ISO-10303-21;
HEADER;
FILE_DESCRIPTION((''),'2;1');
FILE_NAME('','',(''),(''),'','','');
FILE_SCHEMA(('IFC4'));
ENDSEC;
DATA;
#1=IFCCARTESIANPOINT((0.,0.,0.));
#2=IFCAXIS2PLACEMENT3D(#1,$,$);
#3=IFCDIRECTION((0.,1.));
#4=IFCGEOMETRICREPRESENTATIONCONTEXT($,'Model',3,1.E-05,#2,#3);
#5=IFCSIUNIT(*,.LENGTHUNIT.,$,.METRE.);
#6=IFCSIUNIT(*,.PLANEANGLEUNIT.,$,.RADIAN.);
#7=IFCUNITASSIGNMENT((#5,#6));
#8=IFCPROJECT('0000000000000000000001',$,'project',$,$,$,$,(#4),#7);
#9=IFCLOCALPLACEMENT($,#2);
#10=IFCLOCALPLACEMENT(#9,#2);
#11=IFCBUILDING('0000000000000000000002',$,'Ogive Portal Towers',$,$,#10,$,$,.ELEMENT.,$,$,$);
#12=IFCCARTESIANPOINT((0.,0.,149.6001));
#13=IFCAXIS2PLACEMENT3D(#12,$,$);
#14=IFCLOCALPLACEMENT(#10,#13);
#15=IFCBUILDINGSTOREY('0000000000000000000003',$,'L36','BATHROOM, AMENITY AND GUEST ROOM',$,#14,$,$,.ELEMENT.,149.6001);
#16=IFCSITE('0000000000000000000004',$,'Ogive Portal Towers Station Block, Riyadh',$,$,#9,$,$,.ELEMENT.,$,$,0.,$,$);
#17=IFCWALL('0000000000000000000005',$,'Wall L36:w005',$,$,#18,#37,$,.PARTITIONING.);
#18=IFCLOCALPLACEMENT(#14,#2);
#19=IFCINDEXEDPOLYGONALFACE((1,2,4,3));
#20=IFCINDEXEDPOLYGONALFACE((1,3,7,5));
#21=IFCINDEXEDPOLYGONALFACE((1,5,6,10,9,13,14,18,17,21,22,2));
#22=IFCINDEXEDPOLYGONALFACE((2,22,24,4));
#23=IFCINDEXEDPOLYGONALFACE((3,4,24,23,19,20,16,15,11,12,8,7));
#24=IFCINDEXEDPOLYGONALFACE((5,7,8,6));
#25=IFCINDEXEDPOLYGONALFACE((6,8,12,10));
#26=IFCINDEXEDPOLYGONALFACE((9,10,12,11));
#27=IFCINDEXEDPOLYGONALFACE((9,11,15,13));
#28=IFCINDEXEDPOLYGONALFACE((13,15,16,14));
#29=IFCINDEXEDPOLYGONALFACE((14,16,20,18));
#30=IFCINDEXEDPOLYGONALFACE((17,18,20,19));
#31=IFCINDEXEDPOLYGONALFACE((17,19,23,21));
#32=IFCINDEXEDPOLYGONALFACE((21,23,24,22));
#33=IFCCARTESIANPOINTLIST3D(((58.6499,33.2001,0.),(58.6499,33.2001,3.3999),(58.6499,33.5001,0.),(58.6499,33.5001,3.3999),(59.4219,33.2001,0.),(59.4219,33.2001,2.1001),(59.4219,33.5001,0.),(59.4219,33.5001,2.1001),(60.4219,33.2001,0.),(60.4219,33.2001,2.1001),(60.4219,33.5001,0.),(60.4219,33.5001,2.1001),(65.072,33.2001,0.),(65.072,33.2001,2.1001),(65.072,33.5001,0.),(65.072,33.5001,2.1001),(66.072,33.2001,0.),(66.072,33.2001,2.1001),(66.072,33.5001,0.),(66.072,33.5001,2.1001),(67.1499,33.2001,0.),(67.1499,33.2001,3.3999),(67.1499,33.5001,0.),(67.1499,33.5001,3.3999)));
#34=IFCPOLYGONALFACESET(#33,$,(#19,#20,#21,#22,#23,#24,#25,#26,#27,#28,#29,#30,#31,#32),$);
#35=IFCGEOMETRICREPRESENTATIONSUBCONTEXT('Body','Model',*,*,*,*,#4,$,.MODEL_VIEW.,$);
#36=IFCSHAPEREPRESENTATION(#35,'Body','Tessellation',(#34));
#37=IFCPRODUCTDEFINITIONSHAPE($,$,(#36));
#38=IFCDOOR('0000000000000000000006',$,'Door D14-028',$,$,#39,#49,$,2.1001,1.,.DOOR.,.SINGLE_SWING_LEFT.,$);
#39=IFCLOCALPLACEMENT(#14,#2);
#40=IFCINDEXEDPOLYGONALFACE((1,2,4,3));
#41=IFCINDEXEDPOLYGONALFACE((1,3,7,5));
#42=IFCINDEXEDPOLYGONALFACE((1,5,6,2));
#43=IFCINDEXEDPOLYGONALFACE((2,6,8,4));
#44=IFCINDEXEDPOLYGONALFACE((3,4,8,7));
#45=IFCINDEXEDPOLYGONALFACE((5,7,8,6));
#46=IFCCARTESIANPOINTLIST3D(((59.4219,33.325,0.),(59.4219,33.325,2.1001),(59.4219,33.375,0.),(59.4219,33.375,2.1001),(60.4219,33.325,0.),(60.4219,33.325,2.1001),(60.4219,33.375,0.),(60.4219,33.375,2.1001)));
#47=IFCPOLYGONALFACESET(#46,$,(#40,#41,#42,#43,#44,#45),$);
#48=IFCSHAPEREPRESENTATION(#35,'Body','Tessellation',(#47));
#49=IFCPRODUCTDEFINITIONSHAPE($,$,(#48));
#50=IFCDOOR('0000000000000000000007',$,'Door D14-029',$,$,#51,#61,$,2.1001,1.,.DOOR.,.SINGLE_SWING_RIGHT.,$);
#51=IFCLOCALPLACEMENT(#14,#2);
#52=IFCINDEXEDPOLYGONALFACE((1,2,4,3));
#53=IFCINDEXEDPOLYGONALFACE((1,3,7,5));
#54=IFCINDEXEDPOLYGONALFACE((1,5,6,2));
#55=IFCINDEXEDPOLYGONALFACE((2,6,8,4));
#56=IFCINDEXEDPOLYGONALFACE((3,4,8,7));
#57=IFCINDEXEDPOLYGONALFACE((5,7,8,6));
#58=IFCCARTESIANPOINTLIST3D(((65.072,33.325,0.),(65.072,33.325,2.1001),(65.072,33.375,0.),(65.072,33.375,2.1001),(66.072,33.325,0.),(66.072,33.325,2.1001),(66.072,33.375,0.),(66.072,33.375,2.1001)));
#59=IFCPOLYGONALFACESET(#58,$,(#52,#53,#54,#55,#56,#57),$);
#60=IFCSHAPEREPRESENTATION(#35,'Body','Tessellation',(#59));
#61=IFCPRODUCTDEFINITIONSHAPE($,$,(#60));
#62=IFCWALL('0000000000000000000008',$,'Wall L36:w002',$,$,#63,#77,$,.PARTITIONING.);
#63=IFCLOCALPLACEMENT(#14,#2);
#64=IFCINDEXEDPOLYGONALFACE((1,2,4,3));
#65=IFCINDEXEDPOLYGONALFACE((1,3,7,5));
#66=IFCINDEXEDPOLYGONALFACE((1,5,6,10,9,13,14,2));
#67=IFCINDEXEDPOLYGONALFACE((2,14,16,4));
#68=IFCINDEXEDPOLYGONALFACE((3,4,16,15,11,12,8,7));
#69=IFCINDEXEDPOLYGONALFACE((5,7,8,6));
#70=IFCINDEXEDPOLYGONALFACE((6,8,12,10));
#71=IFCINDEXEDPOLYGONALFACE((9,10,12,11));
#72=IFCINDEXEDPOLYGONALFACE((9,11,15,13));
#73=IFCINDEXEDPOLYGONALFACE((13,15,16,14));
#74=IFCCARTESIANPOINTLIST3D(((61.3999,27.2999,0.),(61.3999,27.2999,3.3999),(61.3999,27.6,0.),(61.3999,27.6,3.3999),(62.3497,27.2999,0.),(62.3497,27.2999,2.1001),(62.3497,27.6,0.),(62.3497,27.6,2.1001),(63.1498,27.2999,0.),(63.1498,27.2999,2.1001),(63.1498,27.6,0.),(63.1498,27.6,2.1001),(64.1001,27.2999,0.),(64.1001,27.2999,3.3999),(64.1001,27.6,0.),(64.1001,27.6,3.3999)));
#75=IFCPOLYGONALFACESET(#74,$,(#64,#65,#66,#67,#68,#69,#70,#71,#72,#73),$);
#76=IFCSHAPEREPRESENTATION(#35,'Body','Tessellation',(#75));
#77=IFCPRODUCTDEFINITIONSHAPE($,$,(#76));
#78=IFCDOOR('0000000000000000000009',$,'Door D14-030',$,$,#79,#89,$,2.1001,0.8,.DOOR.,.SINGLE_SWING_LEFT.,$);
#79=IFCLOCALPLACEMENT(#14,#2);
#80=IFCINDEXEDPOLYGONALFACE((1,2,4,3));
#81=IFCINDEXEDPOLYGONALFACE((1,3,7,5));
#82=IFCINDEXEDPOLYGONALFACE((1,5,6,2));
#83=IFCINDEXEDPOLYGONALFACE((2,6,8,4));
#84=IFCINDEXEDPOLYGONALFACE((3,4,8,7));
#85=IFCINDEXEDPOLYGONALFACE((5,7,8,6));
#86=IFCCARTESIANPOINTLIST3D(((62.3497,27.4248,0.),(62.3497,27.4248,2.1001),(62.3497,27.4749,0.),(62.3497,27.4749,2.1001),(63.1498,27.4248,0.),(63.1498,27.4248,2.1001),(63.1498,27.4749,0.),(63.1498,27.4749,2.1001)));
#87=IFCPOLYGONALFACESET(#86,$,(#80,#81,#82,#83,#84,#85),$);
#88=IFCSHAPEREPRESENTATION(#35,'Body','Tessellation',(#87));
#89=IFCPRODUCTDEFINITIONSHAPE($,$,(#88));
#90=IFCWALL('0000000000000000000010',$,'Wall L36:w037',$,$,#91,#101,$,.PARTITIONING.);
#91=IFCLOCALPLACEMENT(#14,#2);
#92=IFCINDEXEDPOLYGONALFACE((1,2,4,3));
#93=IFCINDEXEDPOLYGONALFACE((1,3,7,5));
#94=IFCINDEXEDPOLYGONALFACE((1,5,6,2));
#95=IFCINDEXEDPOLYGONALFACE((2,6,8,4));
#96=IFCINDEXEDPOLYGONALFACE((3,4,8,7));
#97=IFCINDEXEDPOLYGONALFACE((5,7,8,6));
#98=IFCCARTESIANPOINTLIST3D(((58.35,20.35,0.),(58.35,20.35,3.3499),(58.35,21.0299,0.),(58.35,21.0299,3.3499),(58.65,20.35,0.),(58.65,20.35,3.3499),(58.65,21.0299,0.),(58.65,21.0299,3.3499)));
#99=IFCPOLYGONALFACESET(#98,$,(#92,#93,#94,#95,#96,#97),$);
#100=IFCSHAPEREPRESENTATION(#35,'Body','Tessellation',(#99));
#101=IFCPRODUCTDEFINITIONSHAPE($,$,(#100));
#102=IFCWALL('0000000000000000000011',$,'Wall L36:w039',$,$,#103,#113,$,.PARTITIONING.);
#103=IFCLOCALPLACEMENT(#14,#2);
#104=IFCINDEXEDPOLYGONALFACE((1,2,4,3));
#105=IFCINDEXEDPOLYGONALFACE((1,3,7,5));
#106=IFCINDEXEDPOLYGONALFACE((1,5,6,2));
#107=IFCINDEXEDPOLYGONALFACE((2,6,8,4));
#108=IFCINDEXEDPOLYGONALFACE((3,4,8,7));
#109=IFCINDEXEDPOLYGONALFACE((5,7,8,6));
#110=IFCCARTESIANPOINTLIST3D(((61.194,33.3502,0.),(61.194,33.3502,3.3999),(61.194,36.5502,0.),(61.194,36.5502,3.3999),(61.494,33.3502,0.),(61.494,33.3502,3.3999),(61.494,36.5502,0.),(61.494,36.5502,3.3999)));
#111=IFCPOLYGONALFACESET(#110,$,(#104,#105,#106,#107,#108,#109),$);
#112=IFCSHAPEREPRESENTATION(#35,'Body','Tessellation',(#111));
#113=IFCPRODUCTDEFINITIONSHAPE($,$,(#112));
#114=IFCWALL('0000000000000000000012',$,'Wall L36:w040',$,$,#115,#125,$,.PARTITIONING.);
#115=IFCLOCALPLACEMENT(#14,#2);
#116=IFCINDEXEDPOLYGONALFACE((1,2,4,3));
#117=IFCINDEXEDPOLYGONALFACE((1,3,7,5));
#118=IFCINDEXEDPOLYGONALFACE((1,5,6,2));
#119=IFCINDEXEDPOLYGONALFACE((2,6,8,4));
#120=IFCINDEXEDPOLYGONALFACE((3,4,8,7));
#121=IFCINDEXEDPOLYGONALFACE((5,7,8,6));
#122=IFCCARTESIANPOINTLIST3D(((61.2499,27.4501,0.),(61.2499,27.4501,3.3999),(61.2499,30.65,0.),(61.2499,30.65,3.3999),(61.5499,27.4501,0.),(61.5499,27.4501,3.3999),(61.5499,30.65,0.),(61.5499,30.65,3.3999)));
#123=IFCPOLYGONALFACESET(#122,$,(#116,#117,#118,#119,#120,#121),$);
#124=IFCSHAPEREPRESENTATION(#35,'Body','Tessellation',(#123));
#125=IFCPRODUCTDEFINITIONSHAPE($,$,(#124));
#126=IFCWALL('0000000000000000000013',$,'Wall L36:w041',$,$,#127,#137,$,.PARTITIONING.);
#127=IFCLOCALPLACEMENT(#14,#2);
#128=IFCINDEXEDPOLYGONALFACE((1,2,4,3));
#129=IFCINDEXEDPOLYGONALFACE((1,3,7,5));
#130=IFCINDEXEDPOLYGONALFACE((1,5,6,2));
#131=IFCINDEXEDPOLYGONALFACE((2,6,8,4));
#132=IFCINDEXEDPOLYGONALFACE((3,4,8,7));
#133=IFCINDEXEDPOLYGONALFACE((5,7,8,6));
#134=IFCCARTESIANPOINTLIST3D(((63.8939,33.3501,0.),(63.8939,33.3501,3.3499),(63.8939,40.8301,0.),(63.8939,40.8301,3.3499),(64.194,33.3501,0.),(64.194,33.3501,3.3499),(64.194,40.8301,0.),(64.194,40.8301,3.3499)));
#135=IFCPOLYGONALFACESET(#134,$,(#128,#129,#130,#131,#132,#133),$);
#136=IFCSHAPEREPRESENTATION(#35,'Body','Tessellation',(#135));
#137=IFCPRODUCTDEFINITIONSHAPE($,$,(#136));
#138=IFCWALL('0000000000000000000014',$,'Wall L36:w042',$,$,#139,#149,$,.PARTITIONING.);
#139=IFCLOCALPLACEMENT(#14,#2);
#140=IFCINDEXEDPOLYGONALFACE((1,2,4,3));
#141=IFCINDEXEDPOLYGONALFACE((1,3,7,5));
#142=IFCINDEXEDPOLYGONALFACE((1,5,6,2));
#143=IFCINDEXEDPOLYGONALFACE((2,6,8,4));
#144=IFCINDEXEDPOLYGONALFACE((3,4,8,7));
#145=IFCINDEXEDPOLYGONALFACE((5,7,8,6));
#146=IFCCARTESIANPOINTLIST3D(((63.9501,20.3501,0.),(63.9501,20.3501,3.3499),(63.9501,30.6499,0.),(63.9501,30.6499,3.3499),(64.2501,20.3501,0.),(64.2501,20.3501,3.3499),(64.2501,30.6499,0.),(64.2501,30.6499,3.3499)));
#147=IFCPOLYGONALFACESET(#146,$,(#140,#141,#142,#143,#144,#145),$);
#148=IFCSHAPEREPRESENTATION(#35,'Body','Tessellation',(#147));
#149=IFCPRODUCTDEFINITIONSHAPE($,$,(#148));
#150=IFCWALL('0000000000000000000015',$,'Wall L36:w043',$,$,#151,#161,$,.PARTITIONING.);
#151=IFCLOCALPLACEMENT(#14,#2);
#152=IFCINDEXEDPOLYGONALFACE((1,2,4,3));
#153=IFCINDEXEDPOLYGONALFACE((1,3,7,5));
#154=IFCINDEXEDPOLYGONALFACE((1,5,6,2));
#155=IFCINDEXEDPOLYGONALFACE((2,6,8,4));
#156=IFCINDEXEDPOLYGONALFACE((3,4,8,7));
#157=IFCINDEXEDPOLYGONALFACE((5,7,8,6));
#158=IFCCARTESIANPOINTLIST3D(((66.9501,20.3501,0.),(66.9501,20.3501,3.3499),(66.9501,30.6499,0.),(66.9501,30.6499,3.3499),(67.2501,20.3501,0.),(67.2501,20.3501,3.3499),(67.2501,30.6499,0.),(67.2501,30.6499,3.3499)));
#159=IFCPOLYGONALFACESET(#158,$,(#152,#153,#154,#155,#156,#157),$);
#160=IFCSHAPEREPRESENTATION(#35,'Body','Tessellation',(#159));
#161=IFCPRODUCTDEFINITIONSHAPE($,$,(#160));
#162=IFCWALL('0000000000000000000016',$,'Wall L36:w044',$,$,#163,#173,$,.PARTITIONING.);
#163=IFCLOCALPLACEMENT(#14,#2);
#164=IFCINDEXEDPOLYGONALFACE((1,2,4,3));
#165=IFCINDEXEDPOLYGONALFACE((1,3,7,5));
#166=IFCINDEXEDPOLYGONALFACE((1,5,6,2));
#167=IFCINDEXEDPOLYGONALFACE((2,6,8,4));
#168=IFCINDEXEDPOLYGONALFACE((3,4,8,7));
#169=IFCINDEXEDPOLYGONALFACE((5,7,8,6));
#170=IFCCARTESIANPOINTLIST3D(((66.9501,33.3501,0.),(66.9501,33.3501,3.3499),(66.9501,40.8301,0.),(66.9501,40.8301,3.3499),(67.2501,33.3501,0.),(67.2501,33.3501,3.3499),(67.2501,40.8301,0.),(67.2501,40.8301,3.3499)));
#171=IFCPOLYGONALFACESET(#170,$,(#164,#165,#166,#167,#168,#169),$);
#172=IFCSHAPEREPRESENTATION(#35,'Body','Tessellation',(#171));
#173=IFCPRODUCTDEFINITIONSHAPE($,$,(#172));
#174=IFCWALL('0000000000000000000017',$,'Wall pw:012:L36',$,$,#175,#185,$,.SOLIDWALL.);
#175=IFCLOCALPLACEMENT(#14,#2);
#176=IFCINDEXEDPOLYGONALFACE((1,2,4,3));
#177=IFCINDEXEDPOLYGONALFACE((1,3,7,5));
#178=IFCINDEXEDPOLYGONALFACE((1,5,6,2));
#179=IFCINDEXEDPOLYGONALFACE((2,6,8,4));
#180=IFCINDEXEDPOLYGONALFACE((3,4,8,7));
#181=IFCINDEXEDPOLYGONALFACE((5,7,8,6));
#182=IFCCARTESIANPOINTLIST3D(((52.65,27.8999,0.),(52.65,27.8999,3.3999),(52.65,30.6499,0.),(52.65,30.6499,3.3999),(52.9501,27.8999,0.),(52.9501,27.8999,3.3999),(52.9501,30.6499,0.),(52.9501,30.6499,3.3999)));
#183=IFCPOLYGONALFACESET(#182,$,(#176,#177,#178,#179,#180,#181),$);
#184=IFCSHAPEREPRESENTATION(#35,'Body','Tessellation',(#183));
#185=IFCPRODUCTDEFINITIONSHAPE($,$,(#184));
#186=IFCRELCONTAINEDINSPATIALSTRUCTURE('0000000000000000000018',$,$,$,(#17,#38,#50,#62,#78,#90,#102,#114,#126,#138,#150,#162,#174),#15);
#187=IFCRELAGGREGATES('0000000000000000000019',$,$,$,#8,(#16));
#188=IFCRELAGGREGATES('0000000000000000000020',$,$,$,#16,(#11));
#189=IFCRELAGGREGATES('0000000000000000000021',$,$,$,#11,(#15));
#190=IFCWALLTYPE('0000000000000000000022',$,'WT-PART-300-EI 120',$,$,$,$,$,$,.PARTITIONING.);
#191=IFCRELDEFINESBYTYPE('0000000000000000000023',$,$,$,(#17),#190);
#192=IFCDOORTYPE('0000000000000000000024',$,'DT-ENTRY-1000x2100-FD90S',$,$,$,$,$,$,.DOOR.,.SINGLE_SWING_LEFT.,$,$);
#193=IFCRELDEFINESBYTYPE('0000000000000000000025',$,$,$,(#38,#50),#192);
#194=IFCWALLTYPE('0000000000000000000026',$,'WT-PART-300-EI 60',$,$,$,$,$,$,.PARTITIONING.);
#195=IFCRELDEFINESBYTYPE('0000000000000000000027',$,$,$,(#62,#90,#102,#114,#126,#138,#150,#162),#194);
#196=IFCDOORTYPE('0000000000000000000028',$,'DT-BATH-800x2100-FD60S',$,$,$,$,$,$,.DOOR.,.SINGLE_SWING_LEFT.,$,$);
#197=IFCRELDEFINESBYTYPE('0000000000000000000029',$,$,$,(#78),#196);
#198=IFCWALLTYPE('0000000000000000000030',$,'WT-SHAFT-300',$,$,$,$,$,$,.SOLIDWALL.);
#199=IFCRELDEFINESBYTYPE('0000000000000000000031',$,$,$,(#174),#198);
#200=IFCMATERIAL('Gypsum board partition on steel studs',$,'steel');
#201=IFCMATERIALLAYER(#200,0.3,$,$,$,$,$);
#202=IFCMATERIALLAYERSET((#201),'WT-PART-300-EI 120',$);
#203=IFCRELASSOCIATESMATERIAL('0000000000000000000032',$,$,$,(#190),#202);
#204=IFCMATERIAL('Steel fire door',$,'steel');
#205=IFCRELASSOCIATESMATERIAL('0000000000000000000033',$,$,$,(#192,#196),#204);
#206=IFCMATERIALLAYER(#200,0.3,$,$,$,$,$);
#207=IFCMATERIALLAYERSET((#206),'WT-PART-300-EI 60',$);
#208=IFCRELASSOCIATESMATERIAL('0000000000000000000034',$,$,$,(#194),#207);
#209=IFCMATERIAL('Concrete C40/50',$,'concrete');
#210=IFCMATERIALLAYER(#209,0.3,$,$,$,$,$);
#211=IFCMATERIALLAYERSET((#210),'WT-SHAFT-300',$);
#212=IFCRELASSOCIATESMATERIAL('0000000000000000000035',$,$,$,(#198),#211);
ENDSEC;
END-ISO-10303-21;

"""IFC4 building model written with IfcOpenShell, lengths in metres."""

from ifc_helpers import new_model, si_unit, direction, frame, frame_2d, origin, place, context, subcontext, project, spatial, rectangle, extrude, material, layer, layer_set, type_object, element, fill, save


model = new_model("IFC4")

# Units and contexts
model_context = context("Model", 3, precision=1e-05, world=origin(), true_north=direction((0.0, 1.0)))
body_context = subcontext(model_context, "Body", "Model", "MODEL_VIEW")
ifc_project = project(units=[si_unit("LENGTHUNIT", "METRE"), si_unit("PLANEANGLEUNIT", "RADIAN")], contexts=[model_context])

# Site, building, storey
site_placement = place(None, origin())
site = spatial("IfcSite", under=ifc_project, at=site_placement, Name="Ogive Portal Towers Station Block, Riyadh", CompositionType="ELEMENT", RefElevation=0.0)
building_placement = place(site_placement, origin())
building = spatial("IfcBuilding", under=site, at=building_placement, Name="Ogive Portal Towers", CompositionType="ELEMENT")
storey_placement = place(building_placement, frame((0.0, 0.0, 149.6001)))
storey = spatial("IfcBuildingStorey", under=building, at=storey_placement, Name="L36", Description="BATHROOM, AMENITY AND GUEST ROOM", CompositionType="ELEMENT", Elevation=149.6001)

# Shared definitions
ifc_material_1 = material(Name="Steel fire door", Category="steel")
ifc_material_2 = material(Name="Gypsum board partition on steel studs", Category="steel")

# Wall, openings, doors
ifc_layer_1 = layer(ifc_material_2, 0.3)
ifc_layer_set_1 = layer_set([ifc_layer_1], Name="WT-PART-300-EI 120")
wall_type_1 = type_object("IfcWallType", Name="WT-PART-300-EI 120", PredefinedType="PARTITIONING", material=ifc_layer_set_1)
door_type_1 = type_object("IfcDoorType", Name="DT-ENTRY-1000x2100-FD90S", OperationType="SINGLE_SWING_LEFT", PredefinedType="DOOR", material=ifc_material_1)
wall_1_placement = place(storey_placement, frame((58.6499, 33.3501, 0.0), z_axis=(0.0, 0.0, 1.0), x_axis=(1.0, 0.0, 0.0)))
wall_1 = element("IfcWall", 1, at=wall_1_placement, inside=storey, type_object=wall_type_1, Name="Wall L36:w005", PredefinedType="PARTITIONING", context=body_context, shape_type="SweptSolid", body=[
    extrude(rectangle(XDim=8.5, YDim=0.3, at=frame_2d((4.25, 0.0))), origin(), (0.0, 0.0, 1.0), 3.3999),
])
opening_1_placement = place(wall_1_placement, frame((0.772, 0.0, 0.0)))
opening_1 = element("IfcOpeningElement", 2, at=opening_1_placement, cuts=wall_1, PredefinedType="OPENING", context=body_context, shape_type="SweptSolid", body=[
    extrude(rectangle(XDim=1.0, YDim=2.1001, at=frame_2d((0.5, 1.05))), frame((0.0, 0.1602, 0.0), z_axis=(0.0, -1.0, 0.0), x_axis=(1.0, 0.0, 0.0)), (0.0, 0.0, 1.0), 0.3201),
])
opening_2_placement = place(wall_1_placement, frame((6.4221, 0.0, 0.0)))
opening_2 = element("IfcOpeningElement", 3, at=opening_2_placement, cuts=wall_1, PredefinedType="OPENING", context=body_context, shape_type="SweptSolid", body=[
    extrude(rectangle(XDim=1.0, YDim=2.1001, at=frame_2d((0.5, 1.05))), frame((0.0, 0.1602, 0.0), z_axis=(0.0, -1.0, 0.0), x_axis=(1.0, 0.0, 0.0)), (0.0, 0.0, 1.0), 0.3201),
])
door_1_placement = place(opening_1_placement, origin())
door_1 = element("IfcDoor", 4, at=door_1_placement, inside=storey, type_object=door_type_1, Name="Door D14-028", OperationType="SINGLE_SWING_LEFT", OverallHeight=2.1001, OverallWidth=1.0, PredefinedType="DOOR", context=body_context, shape_type="SweptSolid", body=[
    extrude(rectangle(XDim=1.0, YDim=2.1001, at=frame_2d((0.5, 1.05))), frame((0.0, 0.0249, 0.0), z_axis=(0.0, -1.0, 0.0), x_axis=(1.0, 0.0, 0.0)), (0.0, 0.0, 1.0), 0.05),
])
fill(opening_1, door_1)
door_2_placement = place(opening_2_placement, origin())
door_2 = element("IfcDoor", 5, at=door_2_placement, inside=storey, type_object=door_type_1, Name="Door D14-029", OperationType="SINGLE_SWING_RIGHT", OverallHeight=2.1001, OverallWidth=1.0, PredefinedType="DOOR", context=body_context, shape_type="SweptSolid", body=[
    extrude(rectangle(XDim=1.0, YDim=2.1001, at=frame_2d((0.5, 1.05))), frame((0.0, 0.0249, 0.0), z_axis=(0.0, -1.0, 0.0), x_axis=(1.0, 0.0, 0.0)), (0.0, 0.0, 1.0), 0.05),
])
fill(opening_2, door_2)

# Wall, opening, door
ifc_layer_2 = layer(ifc_material_2, 0.3)
ifc_layer_set_2 = layer_set([ifc_layer_2], Name="WT-PART-300-EI 60")
wall_type_2 = type_object("IfcWallType", Name="WT-PART-300-EI 60", PredefinedType="PARTITIONING", material=ifc_layer_set_2)
wall_2_placement = place(storey_placement, frame((61.3999, 27.45, 0.0), z_axis=(0.0, 0.0, 1.0), x_axis=(1.0, 0.0, 0.0)))
wall_2 = element("IfcWall", 6, at=wall_2_placement, inside=storey, type_object=wall_type_2, Name="Wall L36:w002", PredefinedType="PARTITIONING", context=body_context, shape_type="SweptSolid", body=[
    extrude(rectangle(XDim=2.7002, YDim=0.3, at=frame_2d((1.3501, 0.0))), origin(), (0.0, 0.0, 1.0), 3.3999),
])
opening_3_placement = place(wall_2_placement, frame((0.95, 0.0, 0.0)))
opening_3 = element("IfcOpeningElement", 7, at=opening_3_placement, cuts=wall_2, PredefinedType="OPENING", context=body_context, shape_type="SweptSolid", body=[
    extrude(rectangle(XDim=0.8, YDim=2.1001, at=frame_2d((0.3999, 1.05))), frame((0.0, 0.1602, 0.0), z_axis=(0.0, -1.0, 0.0), x_axis=(1.0, 0.0, 0.0)), (0.0, 0.0, 1.0), 0.3201),
])
door_type_2 = type_object("IfcDoorType", Name="DT-BATH-800x2100-FD60S", OperationType="SINGLE_SWING_LEFT", PredefinedType="DOOR", material=ifc_material_1)
door_3_placement = place(opening_3_placement, origin())
door_3 = element("IfcDoor", 8, at=door_3_placement, inside=storey, type_object=door_type_2, Name="Door D14-030", OperationType="SINGLE_SWING_LEFT", OverallHeight=2.1001, OverallWidth=0.8, PredefinedType="DOOR", context=body_context, shape_type="SweptSolid", body=[
    extrude(rectangle(XDim=0.8, YDim=2.1001, at=frame_2d((0.3999, 1.05))), frame((0.0, 0.0249, 0.0), z_axis=(0.0, -1.0, 0.0), x_axis=(1.0, 0.0, 0.0)), (0.0, 0.0, 1.0), 0.05),
])
fill(opening_3, door_3)

# Walls
wall_3_placement = place(storey_placement, frame((58.5, 20.3501, 0.0), z_axis=(0.0, 0.0, 1.0), x_axis=(0.0, 1.0, 0.0)))
element("IfcWall", 9, at=wall_3_placement, inside=storey, type_object=wall_type_2, Name="Wall L36:w037", PredefinedType="PARTITIONING", context=body_context, shape_type="SweptSolid", body=[
    extrude(rectangle(XDim=0.6799, YDim=0.3, at=frame_2d((0.3398, 0.0))), origin(), (0.0, 0.0, 1.0), 3.3499),
])
for number, where, z_axis, x_axis, name in (
    (10, (61.344, 33.3501, 0.0), (0.0, 0.0, 1.0), (0.0, 1.0, 0.0), "Wall L36:w039"),
    (11, (61.3999, 27.45, 0.0), (0.0, 0.0, 1.0), (0.0, 1.0, 0.0), "Wall L36:w040"),
):
    element("IfcWall", number, at=place(storey_placement, frame(where, z_axis=z_axis, x_axis=x_axis)), inside=storey, type_object=wall_type_2, Name=name, PredefinedType="PARTITIONING", context=body_context, shape_type="SweptSolid", body=[
        extrude(rectangle(XDim=3.2, YDim=0.3, at=frame_2d((1.6001, 0.0))), origin(), (0.0, 0.0, 1.0), 3.3999),
    ])
wall_4_placement = place(storey_placement, frame((64.0439, 33.3501, 0.0), z_axis=(0.0, 0.0, 1.0), x_axis=(0.0, 1.0, 0.0)))
element("IfcWall", 12, at=wall_4_placement, inside=storey, type_object=wall_type_2, Name="Wall L36:w041", PredefinedType="PARTITIONING", context=body_context, shape_type="SweptSolid", body=[
    extrude(rectangle(XDim=7.48, YDim=0.3, at=frame_2d((3.74, 0.0))), origin(), (0.0, 0.0, 1.0), 3.3499),
])
for number, where, z_axis, x_axis, name in (
    (13, (64.1001, 20.3501, 0.0), (0.0, 0.0, 1.0), (0.0, 1.0, 0.0), "Wall L36:w042"),
    (14, (67.1001, 20.3501, 0.0), (0.0, 0.0, 1.0), (0.0, 1.0, 0.0), "Wall L36:w043"),
):
    element("IfcWall", number, at=place(storey_placement, frame(where, z_axis=z_axis, x_axis=x_axis)), inside=storey, type_object=wall_type_2, Name=name, PredefinedType="PARTITIONING", context=body_context, shape_type="SweptSolid", body=[
        extrude(rectangle(XDim=10.2998, YDim=0.3, at=frame_2d((5.1499, 0.0))), origin(), (0.0, 0.0, 1.0), 3.3499),
    ])
wall_5_placement = place(storey_placement, frame((67.1001, 33.3501, 0.0), z_axis=(0.0, 0.0, 1.0), x_axis=(0.0, 1.0, 0.0)))
element("IfcWall", 15, at=wall_5_placement, inside=storey, type_object=wall_type_2, Name="Wall L36:w044", PredefinedType="PARTITIONING", context=body_context, shape_type="SweptSolid", body=[
    extrude(rectangle(XDim=7.48, YDim=0.3, at=frame_2d((3.74, 0.0))), origin(), (0.0, 0.0, 1.0), 3.3499),
])
ifc_material_3 = material(Name="Concrete C40/50", Category="concrete")
ifc_layer_3 = layer(ifc_material_3, 0.3)
ifc_layer_set_3 = layer_set([ifc_layer_3], Name="WT-SHAFT-300")
wall_type_3 = type_object("IfcWallType", Name="WT-SHAFT-300", PredefinedType="SOLIDWALL", material=ifc_layer_set_3)
wall_6_placement = place(storey_placement, frame((52.8, 27.8999, 0.0), z_axis=(0.0, 0.0, 1.0), x_axis=(0.0, 1.0, 0.0)))
element("IfcWall", 16, at=wall_6_placement, inside=storey, type_object=wall_type_3, Name="Wall pw:012:L36", PredefinedType="SOLIDWALL", context=body_context, shape_type="SweptSolid", body=[
    extrude(rectangle(XDim=2.75, YDim=0.3, at=frame_2d((1.375, 0.0))), origin(), (0.0, 0.0, 1.0), 3.3999),
])

save(model, "model.ifc")
